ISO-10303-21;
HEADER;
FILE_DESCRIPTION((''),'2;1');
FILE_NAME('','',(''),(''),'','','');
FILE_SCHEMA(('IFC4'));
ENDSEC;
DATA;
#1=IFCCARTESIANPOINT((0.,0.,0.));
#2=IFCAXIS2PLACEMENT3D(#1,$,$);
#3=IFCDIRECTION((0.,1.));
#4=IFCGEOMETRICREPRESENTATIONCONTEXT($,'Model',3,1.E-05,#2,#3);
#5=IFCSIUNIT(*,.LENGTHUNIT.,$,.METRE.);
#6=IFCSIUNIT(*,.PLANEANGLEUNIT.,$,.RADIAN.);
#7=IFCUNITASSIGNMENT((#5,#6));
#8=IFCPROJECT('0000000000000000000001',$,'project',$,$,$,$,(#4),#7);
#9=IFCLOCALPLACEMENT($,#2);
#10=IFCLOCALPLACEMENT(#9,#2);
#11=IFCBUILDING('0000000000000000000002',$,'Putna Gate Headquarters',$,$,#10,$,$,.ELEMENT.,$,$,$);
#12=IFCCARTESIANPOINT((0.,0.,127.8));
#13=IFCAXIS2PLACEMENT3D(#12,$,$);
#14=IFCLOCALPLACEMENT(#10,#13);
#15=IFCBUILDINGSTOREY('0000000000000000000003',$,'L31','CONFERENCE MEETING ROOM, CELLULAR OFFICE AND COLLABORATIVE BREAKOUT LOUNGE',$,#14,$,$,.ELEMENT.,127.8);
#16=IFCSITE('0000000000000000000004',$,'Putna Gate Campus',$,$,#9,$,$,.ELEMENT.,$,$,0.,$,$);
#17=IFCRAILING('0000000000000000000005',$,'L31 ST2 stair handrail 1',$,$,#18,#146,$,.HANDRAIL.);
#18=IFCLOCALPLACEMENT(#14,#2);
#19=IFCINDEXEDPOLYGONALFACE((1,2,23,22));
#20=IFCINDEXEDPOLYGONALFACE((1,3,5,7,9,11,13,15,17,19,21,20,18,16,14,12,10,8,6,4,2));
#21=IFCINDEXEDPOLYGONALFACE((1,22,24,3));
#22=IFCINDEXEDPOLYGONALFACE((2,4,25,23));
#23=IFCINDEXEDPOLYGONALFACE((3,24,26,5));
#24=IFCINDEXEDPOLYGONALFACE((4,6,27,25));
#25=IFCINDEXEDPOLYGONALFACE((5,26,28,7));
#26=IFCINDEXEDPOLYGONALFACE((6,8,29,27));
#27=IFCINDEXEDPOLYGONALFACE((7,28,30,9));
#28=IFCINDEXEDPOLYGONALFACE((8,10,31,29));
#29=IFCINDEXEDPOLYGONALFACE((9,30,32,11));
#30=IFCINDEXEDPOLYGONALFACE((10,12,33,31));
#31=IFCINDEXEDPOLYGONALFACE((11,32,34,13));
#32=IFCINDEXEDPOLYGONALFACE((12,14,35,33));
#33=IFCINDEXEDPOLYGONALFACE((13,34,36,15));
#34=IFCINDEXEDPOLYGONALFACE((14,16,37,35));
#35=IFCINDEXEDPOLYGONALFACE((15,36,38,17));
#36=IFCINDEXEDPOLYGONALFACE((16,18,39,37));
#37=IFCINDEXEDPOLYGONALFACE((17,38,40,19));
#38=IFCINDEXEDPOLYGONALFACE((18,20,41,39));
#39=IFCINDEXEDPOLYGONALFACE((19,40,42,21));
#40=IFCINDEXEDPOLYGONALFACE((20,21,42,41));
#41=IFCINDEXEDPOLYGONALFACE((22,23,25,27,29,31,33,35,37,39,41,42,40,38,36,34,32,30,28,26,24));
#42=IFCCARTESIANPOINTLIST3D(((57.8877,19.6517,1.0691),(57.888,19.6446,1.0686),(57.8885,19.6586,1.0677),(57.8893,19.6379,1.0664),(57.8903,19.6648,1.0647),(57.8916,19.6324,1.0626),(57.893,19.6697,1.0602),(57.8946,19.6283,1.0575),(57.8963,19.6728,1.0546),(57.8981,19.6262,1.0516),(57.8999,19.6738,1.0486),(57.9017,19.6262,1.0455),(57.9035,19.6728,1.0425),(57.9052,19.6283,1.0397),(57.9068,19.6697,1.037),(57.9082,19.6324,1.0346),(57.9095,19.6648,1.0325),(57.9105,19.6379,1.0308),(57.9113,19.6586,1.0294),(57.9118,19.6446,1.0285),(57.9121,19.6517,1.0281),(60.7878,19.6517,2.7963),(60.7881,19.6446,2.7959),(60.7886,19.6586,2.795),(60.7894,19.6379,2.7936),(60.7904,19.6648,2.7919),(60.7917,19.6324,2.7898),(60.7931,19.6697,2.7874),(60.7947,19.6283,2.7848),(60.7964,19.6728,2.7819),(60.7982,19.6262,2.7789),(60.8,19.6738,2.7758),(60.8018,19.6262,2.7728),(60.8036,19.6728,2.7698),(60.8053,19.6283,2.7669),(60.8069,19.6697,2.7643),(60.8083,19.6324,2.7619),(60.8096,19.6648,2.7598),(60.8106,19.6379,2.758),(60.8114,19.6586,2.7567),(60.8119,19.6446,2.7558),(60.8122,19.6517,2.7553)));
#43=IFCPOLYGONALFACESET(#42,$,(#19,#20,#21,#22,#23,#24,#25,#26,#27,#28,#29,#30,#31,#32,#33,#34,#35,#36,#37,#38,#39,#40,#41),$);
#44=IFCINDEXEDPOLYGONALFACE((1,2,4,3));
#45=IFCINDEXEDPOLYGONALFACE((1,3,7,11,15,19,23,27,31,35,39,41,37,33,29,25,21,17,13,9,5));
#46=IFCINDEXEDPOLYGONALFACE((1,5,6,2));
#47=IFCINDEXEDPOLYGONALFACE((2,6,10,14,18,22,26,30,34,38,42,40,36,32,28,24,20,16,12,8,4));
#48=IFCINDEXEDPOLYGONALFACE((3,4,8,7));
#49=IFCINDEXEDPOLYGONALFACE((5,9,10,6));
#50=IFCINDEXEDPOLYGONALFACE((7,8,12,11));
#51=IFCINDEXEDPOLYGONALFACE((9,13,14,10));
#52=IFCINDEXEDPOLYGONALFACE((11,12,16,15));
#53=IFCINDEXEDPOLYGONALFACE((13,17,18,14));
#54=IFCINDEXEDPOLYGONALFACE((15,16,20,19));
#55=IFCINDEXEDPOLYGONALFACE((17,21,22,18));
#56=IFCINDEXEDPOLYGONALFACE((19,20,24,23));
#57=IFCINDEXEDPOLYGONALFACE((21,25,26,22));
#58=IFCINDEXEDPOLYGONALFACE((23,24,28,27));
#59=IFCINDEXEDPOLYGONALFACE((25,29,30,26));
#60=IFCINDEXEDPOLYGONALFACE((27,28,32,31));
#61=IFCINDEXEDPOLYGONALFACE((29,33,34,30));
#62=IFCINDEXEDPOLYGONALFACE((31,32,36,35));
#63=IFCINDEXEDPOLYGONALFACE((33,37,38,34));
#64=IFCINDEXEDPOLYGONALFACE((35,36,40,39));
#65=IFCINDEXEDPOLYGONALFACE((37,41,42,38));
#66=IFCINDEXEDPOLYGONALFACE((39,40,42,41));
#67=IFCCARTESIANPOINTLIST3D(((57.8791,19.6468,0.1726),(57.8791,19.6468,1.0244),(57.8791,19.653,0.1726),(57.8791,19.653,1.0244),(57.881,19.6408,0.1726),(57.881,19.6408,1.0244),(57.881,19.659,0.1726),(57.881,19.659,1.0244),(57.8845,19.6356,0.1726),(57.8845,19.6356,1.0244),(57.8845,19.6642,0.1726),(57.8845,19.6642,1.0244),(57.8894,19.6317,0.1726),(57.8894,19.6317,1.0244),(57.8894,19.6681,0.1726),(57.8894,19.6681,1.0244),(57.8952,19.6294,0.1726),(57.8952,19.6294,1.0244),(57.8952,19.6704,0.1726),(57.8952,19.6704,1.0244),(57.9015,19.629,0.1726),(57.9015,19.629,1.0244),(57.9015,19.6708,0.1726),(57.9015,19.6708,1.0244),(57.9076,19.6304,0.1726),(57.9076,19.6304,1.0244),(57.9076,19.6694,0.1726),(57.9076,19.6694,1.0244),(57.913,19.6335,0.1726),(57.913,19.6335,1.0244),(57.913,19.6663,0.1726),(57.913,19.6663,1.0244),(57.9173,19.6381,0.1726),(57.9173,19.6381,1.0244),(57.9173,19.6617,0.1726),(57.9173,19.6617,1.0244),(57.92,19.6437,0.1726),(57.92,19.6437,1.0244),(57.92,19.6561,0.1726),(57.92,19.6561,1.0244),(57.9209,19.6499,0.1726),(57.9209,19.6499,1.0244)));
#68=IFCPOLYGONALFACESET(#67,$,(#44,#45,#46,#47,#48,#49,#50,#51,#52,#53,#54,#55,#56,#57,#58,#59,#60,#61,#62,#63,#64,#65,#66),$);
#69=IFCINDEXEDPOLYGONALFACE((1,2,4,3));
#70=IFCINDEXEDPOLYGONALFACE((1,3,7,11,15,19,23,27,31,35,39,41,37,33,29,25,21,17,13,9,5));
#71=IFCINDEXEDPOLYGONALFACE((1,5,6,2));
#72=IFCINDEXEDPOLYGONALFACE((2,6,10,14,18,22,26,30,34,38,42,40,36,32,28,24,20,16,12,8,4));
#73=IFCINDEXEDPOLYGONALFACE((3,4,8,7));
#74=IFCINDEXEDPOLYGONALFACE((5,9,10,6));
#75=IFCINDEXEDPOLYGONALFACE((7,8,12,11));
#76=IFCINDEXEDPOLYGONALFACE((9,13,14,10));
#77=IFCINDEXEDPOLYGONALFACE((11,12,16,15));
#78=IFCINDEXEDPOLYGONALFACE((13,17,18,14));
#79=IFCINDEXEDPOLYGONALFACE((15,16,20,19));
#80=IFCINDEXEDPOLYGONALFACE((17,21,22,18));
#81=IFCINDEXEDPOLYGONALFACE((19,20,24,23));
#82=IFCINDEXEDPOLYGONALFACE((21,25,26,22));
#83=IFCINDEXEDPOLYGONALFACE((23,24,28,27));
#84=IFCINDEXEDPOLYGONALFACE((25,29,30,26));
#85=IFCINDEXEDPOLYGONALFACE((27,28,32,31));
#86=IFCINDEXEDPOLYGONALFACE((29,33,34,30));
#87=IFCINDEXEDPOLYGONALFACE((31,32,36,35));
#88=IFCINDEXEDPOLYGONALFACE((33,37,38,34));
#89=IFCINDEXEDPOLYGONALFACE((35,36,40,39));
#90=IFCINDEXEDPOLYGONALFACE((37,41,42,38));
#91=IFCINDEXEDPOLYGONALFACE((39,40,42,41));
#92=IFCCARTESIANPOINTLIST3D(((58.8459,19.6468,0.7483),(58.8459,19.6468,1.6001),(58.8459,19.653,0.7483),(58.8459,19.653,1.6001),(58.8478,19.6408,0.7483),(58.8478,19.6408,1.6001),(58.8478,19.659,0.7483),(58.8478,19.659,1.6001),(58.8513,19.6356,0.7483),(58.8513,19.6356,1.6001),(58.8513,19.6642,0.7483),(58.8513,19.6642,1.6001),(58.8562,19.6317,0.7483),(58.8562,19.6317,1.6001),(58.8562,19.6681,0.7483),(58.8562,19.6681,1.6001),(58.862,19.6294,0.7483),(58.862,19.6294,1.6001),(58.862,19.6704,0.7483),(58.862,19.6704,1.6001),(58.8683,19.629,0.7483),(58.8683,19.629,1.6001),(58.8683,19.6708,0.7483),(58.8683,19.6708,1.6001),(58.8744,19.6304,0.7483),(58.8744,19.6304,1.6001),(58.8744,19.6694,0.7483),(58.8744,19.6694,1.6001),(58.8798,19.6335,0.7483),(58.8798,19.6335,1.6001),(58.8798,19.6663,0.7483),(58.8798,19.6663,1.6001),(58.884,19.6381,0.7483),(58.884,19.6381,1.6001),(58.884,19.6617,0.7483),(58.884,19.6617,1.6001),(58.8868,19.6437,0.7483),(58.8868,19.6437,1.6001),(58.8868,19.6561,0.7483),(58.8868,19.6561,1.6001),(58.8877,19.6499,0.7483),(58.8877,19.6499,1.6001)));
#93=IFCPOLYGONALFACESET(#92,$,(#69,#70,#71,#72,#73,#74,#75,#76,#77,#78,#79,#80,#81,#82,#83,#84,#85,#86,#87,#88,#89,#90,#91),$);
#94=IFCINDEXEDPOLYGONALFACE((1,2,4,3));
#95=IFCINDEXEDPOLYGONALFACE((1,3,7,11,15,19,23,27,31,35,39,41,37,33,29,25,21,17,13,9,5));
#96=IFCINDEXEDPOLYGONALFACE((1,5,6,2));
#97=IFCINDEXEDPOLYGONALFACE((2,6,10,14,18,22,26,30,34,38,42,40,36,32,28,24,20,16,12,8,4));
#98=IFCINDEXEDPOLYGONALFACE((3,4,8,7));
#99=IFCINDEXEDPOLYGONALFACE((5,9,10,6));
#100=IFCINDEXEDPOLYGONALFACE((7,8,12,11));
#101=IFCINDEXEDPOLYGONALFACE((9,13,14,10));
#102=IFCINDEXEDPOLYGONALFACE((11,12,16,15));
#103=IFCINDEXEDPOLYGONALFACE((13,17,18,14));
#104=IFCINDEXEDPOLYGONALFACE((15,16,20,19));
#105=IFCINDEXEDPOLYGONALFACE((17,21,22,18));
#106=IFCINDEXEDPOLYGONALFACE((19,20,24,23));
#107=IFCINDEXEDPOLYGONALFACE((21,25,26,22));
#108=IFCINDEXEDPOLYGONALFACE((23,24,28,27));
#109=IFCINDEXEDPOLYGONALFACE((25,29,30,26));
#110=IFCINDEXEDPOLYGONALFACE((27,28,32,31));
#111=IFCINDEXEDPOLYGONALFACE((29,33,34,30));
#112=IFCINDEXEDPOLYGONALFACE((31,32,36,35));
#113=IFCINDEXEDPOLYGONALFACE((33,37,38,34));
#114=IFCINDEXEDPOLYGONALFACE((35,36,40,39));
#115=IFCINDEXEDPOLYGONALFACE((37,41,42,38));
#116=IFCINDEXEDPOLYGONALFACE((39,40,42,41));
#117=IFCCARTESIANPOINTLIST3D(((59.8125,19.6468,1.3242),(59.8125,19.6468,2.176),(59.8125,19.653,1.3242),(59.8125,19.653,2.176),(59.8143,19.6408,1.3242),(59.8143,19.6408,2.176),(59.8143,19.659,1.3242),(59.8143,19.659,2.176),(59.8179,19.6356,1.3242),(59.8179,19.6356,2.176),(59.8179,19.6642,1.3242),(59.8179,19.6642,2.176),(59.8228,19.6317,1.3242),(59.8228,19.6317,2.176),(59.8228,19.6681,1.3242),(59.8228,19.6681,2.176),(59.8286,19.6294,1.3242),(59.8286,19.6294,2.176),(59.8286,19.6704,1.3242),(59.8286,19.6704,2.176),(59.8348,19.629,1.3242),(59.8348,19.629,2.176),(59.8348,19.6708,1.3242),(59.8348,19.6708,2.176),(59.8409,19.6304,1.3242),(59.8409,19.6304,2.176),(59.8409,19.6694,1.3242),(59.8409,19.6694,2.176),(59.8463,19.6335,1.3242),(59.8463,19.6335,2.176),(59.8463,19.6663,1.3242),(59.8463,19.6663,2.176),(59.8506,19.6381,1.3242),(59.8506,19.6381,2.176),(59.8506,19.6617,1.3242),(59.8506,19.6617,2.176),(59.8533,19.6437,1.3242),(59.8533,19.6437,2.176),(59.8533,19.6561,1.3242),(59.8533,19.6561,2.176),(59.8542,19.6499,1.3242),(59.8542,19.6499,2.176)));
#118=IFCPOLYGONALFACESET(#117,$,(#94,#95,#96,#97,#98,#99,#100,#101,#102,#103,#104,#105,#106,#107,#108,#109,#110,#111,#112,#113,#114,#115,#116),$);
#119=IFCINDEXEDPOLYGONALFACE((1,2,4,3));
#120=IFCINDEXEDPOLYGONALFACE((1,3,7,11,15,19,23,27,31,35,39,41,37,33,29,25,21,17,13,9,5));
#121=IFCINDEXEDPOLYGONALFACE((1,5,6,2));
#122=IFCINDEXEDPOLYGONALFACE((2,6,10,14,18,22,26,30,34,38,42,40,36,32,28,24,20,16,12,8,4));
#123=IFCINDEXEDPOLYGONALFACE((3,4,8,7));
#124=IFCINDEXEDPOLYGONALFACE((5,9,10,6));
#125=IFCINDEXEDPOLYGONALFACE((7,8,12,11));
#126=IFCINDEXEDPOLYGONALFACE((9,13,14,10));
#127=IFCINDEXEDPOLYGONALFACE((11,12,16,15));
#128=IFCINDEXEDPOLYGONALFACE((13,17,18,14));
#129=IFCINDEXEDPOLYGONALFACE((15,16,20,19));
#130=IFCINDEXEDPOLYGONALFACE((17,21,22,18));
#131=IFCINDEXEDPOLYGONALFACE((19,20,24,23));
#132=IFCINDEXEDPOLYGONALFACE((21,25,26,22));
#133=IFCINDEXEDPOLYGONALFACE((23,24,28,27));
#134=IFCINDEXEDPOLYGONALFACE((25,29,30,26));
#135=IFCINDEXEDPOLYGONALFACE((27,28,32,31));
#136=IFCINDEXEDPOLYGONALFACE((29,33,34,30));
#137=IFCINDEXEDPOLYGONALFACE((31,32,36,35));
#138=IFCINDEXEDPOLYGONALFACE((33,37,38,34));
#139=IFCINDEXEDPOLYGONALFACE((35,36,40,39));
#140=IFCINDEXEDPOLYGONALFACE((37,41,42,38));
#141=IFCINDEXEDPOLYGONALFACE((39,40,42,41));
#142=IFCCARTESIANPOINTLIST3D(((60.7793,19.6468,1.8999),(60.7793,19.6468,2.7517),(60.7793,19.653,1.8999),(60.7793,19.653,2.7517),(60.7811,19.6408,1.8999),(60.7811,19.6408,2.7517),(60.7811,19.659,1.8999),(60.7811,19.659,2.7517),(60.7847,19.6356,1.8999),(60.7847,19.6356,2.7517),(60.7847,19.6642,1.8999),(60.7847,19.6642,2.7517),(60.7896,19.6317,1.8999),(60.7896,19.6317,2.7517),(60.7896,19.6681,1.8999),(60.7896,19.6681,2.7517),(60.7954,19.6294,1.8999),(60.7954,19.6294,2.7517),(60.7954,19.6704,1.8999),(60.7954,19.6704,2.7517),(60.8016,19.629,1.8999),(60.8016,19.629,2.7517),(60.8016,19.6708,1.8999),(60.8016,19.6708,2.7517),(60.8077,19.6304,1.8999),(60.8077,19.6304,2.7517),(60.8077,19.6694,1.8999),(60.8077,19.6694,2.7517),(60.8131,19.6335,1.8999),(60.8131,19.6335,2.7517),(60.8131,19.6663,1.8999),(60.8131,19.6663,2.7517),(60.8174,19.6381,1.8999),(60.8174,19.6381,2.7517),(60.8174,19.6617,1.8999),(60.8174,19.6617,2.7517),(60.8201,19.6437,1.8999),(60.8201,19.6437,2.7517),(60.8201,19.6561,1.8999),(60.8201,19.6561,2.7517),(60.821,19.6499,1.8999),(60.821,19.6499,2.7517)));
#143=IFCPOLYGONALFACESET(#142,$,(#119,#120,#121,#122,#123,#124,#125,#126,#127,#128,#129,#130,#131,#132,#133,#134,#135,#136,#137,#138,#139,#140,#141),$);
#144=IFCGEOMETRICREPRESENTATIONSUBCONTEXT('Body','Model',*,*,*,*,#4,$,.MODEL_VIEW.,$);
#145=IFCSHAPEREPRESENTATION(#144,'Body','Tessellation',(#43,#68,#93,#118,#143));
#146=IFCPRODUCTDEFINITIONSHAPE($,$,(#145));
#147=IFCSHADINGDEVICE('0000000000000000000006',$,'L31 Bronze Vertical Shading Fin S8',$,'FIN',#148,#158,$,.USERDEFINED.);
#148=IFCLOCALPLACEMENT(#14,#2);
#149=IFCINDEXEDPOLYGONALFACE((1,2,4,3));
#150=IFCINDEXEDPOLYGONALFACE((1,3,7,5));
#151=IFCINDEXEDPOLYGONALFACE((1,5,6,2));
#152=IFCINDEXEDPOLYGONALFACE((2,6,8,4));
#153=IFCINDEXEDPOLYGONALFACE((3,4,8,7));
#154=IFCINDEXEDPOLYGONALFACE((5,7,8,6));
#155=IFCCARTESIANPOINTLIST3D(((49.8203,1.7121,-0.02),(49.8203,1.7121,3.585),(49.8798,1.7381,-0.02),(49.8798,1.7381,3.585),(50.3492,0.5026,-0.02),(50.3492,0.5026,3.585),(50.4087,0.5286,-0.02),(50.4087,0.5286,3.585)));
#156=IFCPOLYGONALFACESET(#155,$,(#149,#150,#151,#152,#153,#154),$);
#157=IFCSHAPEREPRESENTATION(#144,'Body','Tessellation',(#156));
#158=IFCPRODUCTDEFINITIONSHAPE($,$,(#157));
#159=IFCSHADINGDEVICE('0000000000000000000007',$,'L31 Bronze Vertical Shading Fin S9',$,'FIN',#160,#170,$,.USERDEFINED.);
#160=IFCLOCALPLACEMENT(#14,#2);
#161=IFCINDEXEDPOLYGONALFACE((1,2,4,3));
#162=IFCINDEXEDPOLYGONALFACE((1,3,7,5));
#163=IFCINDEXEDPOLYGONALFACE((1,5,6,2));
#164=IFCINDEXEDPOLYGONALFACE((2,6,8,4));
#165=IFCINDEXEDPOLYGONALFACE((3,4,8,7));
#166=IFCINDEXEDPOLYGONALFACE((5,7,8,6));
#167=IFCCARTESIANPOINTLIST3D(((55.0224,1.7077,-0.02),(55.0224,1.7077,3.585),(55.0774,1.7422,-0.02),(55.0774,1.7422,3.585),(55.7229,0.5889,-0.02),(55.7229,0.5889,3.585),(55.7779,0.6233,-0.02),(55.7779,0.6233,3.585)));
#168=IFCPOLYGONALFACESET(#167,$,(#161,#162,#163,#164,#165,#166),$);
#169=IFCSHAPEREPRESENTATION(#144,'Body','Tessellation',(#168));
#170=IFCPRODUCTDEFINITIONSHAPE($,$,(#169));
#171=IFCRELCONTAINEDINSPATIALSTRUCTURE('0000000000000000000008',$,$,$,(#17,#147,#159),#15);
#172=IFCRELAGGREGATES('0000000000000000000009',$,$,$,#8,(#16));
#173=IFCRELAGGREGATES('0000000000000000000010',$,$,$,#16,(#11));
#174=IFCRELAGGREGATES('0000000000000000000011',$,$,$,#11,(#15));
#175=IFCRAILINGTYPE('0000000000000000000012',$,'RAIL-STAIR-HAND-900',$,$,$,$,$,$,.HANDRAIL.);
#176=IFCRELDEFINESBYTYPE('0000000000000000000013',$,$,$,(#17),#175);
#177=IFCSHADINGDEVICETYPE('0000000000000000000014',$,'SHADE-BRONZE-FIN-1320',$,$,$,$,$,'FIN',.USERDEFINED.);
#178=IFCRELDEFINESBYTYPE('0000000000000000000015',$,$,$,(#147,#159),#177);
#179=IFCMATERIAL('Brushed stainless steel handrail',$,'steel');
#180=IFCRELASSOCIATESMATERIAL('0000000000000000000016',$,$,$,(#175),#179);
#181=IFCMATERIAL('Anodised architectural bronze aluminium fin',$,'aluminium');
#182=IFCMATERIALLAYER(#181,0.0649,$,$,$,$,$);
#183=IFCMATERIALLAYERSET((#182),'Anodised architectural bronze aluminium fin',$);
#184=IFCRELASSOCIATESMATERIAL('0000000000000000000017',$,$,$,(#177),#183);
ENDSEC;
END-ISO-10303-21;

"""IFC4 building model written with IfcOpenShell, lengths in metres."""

from ifc_helpers import new_model, si_unit, direction, frame, origin, origin_2d, place, context, subcontext, project, spatial, rectangle, circle, extrude, material, layer, layer_set, type_object, element, save


model = new_model("IFC4")

# Units and contexts
model_context = context("Model", 3, precision=1e-05, world=origin(), true_north=direction((0.0, 1.0)))
body_context = subcontext(model_context, "Body", "Model", "MODEL_VIEW")
ifc_project = project(units=[si_unit("LENGTHUNIT", "METRE"), si_unit("PLANEANGLEUNIT", "RADIAN")], contexts=[model_context])

# Site, building, storey
site_placement = place(None, origin())
site = spatial("IfcSite", under=ifc_project, at=site_placement, Name="Putna Gate Campus", CompositionType="ELEMENT", RefElevation=0.0)
building_placement = place(site_placement, origin())
building = spatial("IfcBuilding", under=site, at=building_placement, Name="Putna Gate Headquarters", CompositionType="ELEMENT")
storey_placement = place(building_placement, frame((0.0, 0.0, 127.8)))
storey = spatial("IfcBuildingStorey", under=building, at=storey_placement, Name="L31", Description="CONFERENCE MEETING ROOM, CELLULAR OFFICE AND COLLABORATIVE BREAKOUT LOUNGE", CompositionType="ELEMENT", Elevation=127.8)

# Railing
ifc_material_1 = material(Name="Brushed stainless steel handrail", Category="steel")
railing_type_1 = type_object("IfcRailingType", Name="RAIL-STAIR-HAND-900", PredefinedType="HANDRAIL", material=ifc_material_1)
railing_1_placement = place(storey_placement, frame((57.8999, 19.6499, 0.1726)))
element("IfcRailing", 1, at=railing_1_placement, inside=storey, type_object=railing_type_1, Name="L31 ST2 stair handrail 1", PredefinedType="HANDRAIL", context=body_context, shape_type="SweptSolid", body=[
    extrude(circle(Radius=0.0239, at=origin_2d()), frame((0.0, 0.0, 0.876), z_axis=(0.85916, 0.0, 0.511706), x_axis=(0.0, 1.0, 0.0)), (0.0, 0.0, 1.0), 3.3755),
    extrude(circle(Radius=0.021, at=origin_2d()), origin(), (0.0, 0.0, 1.0), 0.8518),
    extrude(circle(Radius=0.021, at=origin_2d()), frame((0.9668, 0.0, 0.5757)), (0.0, 0.0, 1.0), 0.8518),
    extrude(circle(Radius=0.021, at=origin_2d()), frame((1.9333, 0.0, 1.1516)), (0.0, 0.0, 1.0), 0.8518),
    extrude(circle(Radius=0.021, at=origin_2d()), frame((2.9001, 0.0, 1.7273)), (0.0, 0.0, 1.0), 0.8518),
])

# Shading devices
ifc_material_2 = material(Name="Anodised architectural bronze aluminium fin", Category="aluminium")
ifc_layer_1 = layer(ifc_material_2, 0.0649)
ifc_layer_set_1 = layer_set([ifc_layer_1], Name="Anodised architectural bronze aluminium fin")
shading_device_type = type_object("IfcShadingDeviceType", Name="SHADE-BRONZE-FIN-1320", ElementType="FIN", PredefinedType="USERDEFINED", material=ifc_layer_set_1)
for number, where, z_axis, x_axis, name in (
    (2, (50.1145, 1.1204, -0.02), (0.0, 0.0, 1.0), (0.400669, -0.916223, 0.0), "L31 Bronze Vertical Shading Fin S8"),
    (3, (55.4001, 1.1655, -0.02), (0.0, 0.0, 1.0), (0.530659, -0.847585, 0.0), "L31 Bronze Vertical Shading Fin S9"),
):
    element("IfcShadingDevice", number, at=place(storey_placement, frame(where, z_axis=z_axis, x_axis=x_axis)), inside=storey, type_object=shading_device_type, Name=name, ObjectType="FIN", PredefinedType="USERDEFINED", context=body_context, shape_type="SweptSolid", body=[
        extrude(rectangle(XDim=1.3201, YDim=0.0649, at=origin_2d()), origin(), (0.0, 0.0, 1.0), 3.605),
    ])

save(model, "model.ifc")
